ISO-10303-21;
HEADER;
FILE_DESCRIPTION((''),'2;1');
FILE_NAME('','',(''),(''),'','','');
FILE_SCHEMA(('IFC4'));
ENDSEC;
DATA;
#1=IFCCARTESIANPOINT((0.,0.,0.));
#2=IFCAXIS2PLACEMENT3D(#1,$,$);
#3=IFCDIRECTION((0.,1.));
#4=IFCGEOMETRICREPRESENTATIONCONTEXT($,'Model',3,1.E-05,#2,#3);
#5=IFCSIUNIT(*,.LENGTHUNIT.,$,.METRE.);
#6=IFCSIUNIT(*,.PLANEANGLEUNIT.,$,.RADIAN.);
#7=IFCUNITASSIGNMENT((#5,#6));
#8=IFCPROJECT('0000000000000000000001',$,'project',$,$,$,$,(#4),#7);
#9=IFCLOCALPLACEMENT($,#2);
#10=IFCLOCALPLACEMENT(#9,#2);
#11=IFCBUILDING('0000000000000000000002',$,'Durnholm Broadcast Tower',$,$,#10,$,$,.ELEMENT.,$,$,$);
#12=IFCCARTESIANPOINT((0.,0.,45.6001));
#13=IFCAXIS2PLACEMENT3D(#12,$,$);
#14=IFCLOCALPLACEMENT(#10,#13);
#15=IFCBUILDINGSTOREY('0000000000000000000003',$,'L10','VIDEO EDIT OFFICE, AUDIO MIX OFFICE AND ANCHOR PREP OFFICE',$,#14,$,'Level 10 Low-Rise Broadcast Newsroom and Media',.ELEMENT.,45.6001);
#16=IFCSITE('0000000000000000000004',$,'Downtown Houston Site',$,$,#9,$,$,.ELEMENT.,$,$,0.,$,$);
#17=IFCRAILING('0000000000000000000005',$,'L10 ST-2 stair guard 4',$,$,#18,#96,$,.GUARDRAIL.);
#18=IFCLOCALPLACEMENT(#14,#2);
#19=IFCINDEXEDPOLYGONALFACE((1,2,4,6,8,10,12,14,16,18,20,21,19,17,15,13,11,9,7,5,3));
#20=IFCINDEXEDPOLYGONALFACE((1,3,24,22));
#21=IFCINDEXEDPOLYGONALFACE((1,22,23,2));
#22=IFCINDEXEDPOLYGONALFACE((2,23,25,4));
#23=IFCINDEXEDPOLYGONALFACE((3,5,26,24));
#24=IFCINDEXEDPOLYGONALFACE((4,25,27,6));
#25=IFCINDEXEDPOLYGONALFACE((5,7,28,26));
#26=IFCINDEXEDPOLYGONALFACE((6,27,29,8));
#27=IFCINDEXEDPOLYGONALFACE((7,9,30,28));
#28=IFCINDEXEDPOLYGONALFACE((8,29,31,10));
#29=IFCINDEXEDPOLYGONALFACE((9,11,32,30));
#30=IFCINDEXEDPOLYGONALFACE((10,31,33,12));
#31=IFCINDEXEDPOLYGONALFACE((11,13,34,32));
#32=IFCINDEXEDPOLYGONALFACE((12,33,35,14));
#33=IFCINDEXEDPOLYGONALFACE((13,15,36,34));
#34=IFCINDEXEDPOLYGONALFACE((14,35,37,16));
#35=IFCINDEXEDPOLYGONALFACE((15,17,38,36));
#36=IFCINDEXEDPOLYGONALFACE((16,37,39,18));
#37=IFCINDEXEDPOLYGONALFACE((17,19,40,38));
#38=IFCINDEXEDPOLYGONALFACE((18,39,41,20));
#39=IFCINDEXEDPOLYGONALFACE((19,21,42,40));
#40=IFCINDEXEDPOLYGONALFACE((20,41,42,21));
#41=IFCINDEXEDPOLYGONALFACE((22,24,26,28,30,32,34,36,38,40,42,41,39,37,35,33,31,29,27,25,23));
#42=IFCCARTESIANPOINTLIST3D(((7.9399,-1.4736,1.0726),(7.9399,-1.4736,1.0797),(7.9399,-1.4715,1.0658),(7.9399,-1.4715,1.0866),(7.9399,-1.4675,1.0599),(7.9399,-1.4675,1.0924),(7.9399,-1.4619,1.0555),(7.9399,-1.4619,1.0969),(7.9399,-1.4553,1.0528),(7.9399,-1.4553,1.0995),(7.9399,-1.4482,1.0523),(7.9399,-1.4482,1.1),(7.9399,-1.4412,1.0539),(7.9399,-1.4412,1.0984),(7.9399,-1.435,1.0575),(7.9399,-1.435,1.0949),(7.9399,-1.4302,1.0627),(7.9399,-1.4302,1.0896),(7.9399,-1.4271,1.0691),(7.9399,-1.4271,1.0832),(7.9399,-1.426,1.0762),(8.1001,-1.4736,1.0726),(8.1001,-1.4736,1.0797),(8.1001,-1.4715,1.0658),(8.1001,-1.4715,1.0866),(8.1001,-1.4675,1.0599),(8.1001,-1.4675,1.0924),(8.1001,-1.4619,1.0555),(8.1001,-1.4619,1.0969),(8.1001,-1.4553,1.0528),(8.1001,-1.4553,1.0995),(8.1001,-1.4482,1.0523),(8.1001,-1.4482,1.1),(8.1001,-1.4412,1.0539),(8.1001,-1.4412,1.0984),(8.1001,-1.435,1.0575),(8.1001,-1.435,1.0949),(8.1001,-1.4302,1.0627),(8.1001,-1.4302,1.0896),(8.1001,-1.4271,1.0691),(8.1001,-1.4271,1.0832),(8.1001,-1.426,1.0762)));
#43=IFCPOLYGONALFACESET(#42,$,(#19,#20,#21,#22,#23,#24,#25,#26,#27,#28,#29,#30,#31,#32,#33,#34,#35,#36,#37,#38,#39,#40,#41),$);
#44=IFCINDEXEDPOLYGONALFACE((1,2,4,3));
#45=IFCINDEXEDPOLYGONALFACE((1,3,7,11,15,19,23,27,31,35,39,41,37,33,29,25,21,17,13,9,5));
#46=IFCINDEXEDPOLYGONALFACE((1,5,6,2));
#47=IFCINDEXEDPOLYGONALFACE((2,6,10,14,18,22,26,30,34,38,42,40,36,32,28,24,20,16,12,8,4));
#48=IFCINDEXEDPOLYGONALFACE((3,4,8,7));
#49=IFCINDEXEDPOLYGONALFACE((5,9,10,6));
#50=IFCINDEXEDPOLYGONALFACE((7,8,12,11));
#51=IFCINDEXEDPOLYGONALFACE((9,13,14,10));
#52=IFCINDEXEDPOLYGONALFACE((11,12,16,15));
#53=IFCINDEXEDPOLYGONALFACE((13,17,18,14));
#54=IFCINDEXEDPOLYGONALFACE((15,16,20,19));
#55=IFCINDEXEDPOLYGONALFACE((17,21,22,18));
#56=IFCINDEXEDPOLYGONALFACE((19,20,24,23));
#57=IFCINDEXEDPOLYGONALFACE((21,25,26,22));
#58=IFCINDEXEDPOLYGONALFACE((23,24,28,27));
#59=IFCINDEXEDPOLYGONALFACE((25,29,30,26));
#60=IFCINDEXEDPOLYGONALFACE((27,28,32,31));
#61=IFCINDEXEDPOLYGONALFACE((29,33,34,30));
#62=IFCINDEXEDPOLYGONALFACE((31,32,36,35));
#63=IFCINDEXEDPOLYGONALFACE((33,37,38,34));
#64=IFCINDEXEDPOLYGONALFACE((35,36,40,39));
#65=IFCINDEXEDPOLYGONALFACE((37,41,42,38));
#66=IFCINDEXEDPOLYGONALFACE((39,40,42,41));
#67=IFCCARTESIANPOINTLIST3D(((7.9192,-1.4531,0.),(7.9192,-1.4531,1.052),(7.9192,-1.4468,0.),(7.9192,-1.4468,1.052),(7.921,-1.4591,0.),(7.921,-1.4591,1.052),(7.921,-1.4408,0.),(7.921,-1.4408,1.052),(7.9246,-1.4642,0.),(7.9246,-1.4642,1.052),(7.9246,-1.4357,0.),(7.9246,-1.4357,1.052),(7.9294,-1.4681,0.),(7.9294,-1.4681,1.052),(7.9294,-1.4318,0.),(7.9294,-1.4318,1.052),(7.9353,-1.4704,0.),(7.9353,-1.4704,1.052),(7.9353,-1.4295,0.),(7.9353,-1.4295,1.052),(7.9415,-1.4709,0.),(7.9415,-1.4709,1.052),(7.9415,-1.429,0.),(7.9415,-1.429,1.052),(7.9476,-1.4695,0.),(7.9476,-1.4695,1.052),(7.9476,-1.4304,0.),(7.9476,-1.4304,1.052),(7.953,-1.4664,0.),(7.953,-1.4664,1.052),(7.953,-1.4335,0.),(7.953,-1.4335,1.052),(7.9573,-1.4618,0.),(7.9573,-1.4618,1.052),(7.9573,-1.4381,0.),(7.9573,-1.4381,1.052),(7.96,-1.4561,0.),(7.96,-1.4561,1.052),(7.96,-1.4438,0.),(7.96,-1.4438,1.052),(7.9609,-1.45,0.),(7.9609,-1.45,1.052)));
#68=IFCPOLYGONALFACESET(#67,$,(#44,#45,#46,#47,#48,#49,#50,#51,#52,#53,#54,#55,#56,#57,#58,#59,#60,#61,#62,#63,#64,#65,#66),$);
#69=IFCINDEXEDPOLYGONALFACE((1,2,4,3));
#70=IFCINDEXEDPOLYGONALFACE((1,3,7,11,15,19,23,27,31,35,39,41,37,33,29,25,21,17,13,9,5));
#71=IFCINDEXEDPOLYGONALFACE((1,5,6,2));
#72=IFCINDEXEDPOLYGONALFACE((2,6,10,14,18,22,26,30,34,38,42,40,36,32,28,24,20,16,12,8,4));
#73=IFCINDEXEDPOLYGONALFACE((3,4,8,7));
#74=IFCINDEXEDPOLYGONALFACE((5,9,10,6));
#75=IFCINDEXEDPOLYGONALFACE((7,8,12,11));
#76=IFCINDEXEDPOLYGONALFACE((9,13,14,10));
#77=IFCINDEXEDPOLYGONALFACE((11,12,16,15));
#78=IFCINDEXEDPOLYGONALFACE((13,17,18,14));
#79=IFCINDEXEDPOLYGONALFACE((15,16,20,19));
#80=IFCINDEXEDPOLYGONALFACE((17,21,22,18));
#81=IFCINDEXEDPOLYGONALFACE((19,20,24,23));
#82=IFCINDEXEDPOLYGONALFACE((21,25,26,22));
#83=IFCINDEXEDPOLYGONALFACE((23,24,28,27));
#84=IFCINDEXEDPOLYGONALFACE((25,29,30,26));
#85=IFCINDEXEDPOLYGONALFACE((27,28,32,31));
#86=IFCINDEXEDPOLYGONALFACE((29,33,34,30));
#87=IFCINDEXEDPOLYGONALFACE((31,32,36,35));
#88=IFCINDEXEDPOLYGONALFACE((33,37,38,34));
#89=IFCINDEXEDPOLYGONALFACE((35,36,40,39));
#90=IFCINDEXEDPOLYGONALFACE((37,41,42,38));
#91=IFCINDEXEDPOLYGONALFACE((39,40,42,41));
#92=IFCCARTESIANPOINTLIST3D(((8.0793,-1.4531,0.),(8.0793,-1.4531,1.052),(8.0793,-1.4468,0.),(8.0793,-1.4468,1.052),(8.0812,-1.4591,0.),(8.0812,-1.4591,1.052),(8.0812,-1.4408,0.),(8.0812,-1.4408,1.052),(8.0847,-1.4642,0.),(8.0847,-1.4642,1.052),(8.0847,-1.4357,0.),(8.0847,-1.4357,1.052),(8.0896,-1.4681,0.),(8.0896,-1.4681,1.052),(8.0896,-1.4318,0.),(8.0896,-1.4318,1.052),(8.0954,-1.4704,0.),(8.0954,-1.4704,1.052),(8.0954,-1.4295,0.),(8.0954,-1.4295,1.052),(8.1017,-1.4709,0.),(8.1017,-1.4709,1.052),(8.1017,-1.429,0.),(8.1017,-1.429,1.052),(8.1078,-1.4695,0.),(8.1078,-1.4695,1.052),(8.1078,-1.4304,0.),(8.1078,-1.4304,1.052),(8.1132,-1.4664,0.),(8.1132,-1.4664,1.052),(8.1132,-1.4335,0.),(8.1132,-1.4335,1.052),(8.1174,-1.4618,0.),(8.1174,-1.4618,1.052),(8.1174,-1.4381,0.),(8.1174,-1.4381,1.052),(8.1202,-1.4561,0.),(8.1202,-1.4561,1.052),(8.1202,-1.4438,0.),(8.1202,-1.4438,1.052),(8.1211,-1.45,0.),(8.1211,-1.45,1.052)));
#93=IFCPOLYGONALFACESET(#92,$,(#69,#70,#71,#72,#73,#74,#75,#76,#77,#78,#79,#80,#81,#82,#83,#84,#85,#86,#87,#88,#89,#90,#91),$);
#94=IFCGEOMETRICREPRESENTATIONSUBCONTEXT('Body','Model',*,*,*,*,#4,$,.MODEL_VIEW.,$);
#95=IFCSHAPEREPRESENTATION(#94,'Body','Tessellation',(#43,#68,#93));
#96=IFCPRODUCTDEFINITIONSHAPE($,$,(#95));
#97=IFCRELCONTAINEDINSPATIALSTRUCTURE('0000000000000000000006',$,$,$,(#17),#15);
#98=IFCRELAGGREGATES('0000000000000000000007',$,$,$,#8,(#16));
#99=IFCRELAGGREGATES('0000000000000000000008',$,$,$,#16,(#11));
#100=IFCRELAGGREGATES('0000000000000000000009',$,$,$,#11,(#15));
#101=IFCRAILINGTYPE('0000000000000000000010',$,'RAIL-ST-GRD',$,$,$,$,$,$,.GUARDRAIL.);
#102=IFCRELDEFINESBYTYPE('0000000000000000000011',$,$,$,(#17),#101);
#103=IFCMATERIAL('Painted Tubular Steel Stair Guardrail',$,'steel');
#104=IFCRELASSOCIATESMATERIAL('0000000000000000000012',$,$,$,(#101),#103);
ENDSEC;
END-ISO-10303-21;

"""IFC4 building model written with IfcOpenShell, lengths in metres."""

from ifc_helpers import new_model, si_unit, direction, frame, origin, origin_2d, place, context, subcontext, project, spatial, circle, extrude, material, type_object, element, save


model = new_model("IFC4")

# Units and contexts
model_context = context("Model", 3, precision=1e-05, world=origin(), true_north=direction((0.0, 1.0)))
body_context = subcontext(model_context, "Body", "Model", "MODEL_VIEW")
ifc_project = project(units=[si_unit("LENGTHUNIT", "METRE"), si_unit("PLANEANGLEUNIT", "RADIAN")], contexts=[model_context])

# Site, building, storey
site_placement = place(None, origin())
site = spatial("IfcSite", under=ifc_project, at=site_placement, Name="Downtown Houston Site", CompositionType="ELEMENT", RefElevation=0.0)
building_placement = place(site_placement, origin())
building = spatial("IfcBuilding", under=site, at=building_placement, Name="Durnholm Broadcast Tower", CompositionType="ELEMENT")
storey_placement = place(building_placement, frame((0.0, 0.0, 45.6001)))
storey = spatial("IfcBuildingStorey", under=building, at=storey_placement, Name="L10", Description="VIDEO EDIT OFFICE, AUDIO MIX OFFICE AND ANCHOR PREP OFFICE", LongName="Level 10 Low-Rise Broadcast Newsroom and Media", CompositionType="ELEMENT", Elevation=45.6001)

# Railing
ifc_material_1 = material(Name="Painted Tubular Steel Stair Guardrail", Category="steel")
railing_type_1 = type_object("IfcRailingType", Name="RAIL-ST-GRD", PredefinedType="GUARDRAIL", material=ifc_material_1)
railing_1_placement = place(storey_placement, frame((7.9399, -1.45, 0.0)))
element("IfcRailing", 1, at=railing_1_placement, inside=storey, type_object=railing_type_1, Name="L10 ST-2 stair guard 4", PredefinedType="GUARDRAIL", context=body_context, shape_type="SweptSolid", body=[
    extrude(circle(Radius=0.0239, at=origin_2d()), frame((0.0, 0.0, 1.0762), z_axis=(1.0, 0.0, 0.0), x_axis=(0.0, 1.0, 0.0)), (0.0, 0.0, 1.0), 0.1602),
    extrude(circle(Radius=0.021, at=origin_2d()), origin(), (0.0, 0.0, 1.0), 1.052),
    extrude(circle(Radius=0.021, at=origin_2d()), frame((0.1602, 0.0, 0.0)), (0.0, 0.0, 1.0), 1.052),
])

save(model, "model.ifc")
